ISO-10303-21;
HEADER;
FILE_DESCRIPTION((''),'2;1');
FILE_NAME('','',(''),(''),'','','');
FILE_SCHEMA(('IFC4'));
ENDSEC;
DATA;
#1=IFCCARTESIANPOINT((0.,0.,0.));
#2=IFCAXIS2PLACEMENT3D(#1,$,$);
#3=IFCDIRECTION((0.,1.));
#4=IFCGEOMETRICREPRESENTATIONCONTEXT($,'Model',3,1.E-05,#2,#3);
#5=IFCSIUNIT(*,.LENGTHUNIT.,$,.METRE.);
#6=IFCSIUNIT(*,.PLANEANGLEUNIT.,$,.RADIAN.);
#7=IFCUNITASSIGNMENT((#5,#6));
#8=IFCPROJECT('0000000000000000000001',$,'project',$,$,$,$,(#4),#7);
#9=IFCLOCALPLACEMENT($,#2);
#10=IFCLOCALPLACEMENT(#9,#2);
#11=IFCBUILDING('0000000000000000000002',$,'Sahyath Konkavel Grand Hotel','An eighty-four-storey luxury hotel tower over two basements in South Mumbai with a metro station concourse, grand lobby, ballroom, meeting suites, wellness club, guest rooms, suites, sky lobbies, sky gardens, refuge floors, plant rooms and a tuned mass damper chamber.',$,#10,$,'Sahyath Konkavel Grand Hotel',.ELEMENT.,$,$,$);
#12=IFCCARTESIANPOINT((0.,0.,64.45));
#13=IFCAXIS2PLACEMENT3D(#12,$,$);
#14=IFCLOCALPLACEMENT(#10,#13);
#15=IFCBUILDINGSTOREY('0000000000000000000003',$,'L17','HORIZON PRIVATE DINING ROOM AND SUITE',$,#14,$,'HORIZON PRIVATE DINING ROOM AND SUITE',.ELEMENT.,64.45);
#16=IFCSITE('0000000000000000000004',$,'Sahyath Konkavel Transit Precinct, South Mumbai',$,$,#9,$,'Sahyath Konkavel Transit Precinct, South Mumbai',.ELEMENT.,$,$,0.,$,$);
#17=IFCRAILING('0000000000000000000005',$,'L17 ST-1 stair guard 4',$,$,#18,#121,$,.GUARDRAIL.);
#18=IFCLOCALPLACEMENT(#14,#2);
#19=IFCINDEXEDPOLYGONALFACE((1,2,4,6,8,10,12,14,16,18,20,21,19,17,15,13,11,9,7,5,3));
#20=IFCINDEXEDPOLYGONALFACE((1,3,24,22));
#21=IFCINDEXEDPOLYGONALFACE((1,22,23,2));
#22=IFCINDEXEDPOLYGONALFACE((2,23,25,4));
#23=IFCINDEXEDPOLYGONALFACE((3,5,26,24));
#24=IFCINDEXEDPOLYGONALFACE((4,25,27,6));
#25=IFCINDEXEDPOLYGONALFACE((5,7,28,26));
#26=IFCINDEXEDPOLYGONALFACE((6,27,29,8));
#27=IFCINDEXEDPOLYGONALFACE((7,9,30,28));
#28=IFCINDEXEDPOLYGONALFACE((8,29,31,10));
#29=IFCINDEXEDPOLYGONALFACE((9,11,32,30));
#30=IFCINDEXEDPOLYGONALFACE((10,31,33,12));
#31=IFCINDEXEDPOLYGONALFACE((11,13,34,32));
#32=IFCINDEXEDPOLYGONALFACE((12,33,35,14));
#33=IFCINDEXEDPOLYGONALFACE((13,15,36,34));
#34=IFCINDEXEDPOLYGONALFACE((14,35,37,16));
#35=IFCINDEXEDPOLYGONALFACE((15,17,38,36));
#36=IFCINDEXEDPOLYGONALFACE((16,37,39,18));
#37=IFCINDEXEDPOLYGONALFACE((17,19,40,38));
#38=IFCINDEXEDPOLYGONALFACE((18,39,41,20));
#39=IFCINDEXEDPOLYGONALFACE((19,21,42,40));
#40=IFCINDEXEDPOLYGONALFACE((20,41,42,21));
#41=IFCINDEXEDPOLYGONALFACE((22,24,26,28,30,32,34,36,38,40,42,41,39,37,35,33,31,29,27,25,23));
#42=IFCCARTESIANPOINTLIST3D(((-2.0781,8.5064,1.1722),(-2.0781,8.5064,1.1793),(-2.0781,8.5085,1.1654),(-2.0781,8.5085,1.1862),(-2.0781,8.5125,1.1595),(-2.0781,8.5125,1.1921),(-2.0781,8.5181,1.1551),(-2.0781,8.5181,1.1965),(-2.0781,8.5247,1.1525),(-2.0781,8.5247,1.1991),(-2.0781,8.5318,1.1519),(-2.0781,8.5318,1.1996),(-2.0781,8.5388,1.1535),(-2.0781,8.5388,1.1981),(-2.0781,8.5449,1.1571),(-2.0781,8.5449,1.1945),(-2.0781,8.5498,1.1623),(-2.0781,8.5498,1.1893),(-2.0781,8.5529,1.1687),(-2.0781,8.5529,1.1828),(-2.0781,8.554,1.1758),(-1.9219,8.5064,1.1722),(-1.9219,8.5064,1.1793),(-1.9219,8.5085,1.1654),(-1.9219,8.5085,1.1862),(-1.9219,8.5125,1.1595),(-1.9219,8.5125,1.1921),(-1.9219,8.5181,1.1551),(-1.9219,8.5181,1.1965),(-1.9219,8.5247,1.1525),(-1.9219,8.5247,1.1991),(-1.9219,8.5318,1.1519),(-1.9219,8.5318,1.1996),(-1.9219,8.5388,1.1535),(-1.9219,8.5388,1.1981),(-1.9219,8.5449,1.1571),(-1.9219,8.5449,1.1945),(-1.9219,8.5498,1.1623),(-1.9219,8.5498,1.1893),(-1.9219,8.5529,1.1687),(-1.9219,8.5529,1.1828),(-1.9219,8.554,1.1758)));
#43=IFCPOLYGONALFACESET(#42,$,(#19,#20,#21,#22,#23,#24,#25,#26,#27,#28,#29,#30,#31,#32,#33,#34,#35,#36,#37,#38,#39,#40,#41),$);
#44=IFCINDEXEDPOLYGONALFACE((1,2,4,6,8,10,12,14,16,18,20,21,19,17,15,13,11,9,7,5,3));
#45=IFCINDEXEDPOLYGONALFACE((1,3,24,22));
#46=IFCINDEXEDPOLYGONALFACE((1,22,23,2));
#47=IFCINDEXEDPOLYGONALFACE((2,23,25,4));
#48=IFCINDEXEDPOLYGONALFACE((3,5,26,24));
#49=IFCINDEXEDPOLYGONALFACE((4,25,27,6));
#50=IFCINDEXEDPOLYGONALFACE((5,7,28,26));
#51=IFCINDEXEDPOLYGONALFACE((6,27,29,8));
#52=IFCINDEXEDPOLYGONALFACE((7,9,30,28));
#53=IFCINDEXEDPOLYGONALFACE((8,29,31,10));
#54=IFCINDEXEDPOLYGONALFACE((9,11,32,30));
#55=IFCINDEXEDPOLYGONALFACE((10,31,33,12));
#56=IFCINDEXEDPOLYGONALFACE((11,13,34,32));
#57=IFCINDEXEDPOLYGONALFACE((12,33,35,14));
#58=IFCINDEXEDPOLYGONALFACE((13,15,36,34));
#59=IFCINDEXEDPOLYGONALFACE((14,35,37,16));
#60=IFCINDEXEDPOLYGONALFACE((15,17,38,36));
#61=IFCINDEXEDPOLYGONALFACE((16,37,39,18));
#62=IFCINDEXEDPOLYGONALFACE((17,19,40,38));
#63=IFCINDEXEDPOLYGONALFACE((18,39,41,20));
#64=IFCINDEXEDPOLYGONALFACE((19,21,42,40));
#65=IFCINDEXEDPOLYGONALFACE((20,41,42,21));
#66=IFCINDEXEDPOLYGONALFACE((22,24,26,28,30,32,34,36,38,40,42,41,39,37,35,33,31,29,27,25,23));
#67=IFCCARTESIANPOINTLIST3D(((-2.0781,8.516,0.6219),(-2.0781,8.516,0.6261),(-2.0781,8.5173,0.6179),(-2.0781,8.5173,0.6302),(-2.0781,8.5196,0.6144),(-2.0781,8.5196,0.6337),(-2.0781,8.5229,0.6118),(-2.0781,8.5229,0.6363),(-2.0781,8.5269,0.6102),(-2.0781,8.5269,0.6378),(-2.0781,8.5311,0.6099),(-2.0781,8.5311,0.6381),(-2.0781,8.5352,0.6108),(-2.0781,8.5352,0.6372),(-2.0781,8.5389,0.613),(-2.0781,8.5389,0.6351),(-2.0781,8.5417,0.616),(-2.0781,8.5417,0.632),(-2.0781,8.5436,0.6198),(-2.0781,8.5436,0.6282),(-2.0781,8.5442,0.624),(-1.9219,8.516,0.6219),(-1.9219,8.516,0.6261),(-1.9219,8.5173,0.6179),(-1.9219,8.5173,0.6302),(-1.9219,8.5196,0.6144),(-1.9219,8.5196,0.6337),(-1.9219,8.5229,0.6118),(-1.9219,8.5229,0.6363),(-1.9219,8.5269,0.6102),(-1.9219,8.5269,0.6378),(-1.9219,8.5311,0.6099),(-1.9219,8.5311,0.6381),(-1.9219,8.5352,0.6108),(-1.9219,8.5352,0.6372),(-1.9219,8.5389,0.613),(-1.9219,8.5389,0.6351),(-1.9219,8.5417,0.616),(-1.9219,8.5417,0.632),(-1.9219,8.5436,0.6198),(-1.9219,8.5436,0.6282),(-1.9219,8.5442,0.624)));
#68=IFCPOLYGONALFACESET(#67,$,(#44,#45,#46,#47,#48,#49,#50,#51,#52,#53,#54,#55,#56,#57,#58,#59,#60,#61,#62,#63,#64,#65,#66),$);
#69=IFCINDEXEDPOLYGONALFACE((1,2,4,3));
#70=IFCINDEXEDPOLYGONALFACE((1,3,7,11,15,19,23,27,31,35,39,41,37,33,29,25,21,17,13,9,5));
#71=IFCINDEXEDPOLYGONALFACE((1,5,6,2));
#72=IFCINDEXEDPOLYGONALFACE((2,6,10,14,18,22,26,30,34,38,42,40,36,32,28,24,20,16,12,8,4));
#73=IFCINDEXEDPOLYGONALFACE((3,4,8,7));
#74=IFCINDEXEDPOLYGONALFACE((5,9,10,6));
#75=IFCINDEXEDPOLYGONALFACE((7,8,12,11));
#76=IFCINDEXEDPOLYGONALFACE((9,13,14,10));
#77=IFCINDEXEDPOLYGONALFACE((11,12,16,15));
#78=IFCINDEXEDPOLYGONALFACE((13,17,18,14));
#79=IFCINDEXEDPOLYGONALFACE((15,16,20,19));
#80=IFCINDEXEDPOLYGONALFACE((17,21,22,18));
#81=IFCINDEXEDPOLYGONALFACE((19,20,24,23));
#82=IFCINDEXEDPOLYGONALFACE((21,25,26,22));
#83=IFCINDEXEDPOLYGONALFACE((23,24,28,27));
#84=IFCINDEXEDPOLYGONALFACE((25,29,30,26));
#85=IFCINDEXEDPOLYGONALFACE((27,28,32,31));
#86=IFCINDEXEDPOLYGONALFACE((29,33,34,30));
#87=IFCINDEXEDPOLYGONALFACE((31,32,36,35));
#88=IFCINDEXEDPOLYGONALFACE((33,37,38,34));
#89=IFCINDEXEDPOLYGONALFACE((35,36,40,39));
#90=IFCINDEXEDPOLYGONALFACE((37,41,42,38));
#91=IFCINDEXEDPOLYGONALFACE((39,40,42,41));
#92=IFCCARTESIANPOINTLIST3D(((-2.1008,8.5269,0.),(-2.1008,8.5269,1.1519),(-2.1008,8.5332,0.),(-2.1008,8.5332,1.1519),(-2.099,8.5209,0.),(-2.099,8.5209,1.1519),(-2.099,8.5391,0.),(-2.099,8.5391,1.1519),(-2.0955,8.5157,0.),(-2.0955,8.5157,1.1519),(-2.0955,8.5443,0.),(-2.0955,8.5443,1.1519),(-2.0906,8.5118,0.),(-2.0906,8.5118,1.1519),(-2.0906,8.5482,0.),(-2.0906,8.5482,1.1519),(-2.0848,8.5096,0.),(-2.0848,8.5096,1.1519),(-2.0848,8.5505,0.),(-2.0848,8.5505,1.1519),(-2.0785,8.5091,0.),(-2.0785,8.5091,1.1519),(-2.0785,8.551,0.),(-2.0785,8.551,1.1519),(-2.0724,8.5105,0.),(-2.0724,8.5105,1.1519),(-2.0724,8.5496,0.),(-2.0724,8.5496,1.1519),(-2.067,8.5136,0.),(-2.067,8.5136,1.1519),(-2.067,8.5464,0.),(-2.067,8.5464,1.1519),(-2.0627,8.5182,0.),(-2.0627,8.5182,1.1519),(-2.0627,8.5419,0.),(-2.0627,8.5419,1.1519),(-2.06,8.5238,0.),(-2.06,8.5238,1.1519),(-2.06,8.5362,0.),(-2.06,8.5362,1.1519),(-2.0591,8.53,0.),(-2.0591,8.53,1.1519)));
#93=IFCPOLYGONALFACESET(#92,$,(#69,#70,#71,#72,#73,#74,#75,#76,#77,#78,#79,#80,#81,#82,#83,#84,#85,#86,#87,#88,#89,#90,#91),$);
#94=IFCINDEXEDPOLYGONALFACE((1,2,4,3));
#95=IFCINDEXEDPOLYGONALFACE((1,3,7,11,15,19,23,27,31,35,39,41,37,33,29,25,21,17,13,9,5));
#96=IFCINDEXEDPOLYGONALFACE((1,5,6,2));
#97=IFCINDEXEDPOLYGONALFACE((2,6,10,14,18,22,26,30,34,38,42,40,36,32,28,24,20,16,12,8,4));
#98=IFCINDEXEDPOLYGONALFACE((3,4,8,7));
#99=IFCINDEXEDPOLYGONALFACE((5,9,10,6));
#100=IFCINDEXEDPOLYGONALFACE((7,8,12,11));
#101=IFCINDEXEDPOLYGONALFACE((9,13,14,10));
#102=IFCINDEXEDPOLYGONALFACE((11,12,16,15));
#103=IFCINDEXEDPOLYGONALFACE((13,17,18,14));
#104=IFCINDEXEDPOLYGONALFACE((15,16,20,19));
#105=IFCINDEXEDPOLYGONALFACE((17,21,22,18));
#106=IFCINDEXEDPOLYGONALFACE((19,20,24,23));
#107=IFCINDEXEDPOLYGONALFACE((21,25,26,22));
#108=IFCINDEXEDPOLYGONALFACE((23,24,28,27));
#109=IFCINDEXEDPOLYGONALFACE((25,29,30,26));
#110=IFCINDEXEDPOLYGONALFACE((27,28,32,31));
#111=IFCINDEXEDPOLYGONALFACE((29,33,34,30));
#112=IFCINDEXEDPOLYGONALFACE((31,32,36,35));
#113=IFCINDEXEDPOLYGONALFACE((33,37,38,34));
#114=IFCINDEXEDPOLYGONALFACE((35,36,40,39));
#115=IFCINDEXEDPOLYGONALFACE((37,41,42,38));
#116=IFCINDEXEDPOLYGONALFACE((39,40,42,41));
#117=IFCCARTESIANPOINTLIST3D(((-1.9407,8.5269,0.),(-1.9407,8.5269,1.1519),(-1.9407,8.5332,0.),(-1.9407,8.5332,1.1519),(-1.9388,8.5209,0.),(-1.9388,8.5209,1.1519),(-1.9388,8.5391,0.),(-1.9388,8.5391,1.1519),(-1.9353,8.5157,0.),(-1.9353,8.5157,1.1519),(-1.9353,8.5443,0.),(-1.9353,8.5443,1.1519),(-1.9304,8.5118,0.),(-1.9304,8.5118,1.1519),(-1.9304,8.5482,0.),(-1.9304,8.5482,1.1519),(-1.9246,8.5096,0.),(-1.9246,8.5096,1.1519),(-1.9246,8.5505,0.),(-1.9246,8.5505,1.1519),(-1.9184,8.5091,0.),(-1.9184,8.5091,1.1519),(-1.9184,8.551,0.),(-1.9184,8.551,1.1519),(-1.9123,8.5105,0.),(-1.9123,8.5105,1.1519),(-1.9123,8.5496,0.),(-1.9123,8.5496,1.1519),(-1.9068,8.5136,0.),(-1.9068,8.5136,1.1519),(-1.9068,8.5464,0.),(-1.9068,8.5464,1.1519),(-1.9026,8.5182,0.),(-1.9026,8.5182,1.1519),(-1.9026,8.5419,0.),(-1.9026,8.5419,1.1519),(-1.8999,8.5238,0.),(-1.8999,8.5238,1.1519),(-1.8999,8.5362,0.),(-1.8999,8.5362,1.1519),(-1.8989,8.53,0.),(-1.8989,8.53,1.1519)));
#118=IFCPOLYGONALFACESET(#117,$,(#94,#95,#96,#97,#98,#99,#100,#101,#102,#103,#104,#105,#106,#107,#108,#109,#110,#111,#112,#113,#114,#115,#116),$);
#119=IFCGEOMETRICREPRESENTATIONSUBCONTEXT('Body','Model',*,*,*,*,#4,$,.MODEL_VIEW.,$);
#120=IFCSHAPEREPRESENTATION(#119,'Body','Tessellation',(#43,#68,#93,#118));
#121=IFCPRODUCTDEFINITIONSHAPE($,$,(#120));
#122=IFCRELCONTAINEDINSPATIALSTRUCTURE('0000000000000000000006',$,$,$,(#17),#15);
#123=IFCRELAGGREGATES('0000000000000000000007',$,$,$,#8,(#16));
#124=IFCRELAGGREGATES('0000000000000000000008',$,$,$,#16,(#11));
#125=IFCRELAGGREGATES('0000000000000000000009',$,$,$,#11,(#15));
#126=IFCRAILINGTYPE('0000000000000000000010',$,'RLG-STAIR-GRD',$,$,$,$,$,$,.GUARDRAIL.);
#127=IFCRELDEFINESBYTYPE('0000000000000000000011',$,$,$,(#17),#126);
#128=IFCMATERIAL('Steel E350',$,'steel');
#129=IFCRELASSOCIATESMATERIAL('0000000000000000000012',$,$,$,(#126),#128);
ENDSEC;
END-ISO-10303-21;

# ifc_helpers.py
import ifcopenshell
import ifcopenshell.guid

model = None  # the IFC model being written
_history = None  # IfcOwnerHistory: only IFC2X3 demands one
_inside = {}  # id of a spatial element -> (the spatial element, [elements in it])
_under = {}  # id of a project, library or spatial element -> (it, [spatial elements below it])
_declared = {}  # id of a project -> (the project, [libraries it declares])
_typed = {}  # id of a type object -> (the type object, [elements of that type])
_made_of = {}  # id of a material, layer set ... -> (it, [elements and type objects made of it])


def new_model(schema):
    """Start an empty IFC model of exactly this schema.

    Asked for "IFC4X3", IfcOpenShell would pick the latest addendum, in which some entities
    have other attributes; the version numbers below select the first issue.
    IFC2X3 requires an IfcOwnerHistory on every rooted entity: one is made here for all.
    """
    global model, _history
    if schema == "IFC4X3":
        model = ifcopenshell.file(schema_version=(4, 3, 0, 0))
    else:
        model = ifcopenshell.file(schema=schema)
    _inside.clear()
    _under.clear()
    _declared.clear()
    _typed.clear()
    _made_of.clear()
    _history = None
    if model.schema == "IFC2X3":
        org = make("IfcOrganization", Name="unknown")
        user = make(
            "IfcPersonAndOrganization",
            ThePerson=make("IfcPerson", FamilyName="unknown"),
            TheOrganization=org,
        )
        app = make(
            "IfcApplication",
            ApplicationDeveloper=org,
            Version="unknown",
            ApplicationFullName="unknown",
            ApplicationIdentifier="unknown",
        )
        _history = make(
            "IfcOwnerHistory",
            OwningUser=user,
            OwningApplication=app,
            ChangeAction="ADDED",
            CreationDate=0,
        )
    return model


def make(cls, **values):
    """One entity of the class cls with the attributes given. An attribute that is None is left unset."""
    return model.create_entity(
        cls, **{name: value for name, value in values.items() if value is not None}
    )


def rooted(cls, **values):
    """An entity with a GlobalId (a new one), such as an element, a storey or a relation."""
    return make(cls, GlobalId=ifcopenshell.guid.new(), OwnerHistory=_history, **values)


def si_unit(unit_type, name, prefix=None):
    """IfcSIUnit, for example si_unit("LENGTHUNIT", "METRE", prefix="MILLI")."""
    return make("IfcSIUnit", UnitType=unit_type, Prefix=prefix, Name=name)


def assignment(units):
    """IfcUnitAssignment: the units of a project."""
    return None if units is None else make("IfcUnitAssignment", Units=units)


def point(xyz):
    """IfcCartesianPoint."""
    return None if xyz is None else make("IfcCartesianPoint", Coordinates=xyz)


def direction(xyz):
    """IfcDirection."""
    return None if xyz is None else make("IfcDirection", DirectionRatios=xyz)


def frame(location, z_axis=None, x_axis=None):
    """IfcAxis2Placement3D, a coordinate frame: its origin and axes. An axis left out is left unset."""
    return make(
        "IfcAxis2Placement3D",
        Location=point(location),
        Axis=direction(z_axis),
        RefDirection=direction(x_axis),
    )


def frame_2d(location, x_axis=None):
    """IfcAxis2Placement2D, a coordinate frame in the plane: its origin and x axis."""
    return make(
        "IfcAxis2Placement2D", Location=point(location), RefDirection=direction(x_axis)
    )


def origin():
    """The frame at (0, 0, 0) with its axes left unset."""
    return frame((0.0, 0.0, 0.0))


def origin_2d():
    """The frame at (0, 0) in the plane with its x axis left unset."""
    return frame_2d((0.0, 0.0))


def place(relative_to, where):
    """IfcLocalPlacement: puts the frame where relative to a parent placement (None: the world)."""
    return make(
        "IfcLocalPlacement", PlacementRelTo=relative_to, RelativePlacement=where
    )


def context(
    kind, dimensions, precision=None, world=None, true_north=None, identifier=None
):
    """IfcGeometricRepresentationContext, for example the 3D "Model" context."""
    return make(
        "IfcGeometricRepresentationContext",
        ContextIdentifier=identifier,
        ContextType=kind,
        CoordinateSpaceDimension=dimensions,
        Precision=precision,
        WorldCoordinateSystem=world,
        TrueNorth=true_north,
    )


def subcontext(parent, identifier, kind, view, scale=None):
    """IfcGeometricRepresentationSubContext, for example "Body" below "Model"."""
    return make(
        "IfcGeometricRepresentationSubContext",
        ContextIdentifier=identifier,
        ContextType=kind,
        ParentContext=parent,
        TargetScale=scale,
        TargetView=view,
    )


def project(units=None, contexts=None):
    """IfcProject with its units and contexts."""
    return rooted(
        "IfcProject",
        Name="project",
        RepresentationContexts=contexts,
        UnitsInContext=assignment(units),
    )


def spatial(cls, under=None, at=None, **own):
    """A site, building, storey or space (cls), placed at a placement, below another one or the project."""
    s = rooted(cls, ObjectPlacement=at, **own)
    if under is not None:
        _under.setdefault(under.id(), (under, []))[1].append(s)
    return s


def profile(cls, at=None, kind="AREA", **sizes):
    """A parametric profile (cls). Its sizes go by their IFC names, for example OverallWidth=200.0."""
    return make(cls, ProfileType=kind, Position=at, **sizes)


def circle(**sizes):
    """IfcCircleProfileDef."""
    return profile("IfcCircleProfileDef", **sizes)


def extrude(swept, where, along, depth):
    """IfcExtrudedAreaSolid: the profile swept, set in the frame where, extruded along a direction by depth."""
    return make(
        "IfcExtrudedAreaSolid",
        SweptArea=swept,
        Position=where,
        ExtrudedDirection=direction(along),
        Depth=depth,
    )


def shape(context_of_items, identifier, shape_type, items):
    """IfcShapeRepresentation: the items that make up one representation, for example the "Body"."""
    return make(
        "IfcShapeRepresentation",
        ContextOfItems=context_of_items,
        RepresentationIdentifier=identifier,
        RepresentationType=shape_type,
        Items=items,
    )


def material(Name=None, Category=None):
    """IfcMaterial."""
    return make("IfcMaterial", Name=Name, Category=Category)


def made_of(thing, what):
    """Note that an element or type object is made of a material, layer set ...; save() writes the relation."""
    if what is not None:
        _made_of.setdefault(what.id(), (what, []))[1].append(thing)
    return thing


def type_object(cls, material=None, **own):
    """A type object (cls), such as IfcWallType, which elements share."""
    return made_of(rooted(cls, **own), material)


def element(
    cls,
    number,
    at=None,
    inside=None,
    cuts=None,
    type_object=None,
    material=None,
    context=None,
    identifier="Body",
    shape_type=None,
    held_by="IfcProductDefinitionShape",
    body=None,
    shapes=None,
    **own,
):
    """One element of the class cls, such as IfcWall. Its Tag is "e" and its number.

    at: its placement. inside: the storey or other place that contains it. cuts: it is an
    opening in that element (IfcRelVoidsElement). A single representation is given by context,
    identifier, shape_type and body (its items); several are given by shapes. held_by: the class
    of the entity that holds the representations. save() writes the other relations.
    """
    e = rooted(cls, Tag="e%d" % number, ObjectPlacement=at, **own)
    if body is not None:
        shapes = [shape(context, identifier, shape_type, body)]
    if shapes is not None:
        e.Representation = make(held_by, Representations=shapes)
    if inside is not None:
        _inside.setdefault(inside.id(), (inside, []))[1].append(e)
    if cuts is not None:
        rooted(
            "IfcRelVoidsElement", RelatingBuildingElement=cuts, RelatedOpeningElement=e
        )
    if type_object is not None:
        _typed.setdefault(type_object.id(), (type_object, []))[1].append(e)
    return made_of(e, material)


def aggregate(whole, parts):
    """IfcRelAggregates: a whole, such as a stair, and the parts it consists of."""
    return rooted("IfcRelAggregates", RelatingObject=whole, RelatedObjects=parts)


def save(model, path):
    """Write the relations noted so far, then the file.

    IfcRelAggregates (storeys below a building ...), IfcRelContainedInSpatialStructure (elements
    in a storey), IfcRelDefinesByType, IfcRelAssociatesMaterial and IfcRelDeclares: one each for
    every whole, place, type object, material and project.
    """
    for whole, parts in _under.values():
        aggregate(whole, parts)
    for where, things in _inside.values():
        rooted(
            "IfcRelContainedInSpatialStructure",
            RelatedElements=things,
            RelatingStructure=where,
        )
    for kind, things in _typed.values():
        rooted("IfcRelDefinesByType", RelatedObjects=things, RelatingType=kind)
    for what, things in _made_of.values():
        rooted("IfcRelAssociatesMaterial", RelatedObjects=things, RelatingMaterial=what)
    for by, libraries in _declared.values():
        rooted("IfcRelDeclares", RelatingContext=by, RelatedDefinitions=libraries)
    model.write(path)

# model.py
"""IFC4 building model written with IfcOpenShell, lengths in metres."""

from ifc_helpers import new_model, si_unit, direction, frame, origin, origin_2d, place, context, subcontext, project, spatial, circle, extrude, material, type_object, element, save


model = new_model("IFC4")

# Units and contexts
model_context = context("Model", 3, precision=1e-05, world=origin(), true_north=direction((0.0, 1.0)))
body_context = subcontext(model_context, "Body", "Model", "MODEL_VIEW")
ifc_project = project(units=[si_unit("LENGTHUNIT", "METRE"), si_unit("PLANEANGLEUNIT", "RADIAN")], contexts=[model_context])

# Site, building, storey
site_placement = place(None, origin())
site = spatial("IfcSite", under=ifc_project, at=site_placement, Name="Sahyath Konkavel Transit Precinct, South Mumbai", LongName="Sahyath Konkavel Transit Precinct, South Mumbai", CompositionType="ELEMENT", RefElevation=0.0)
building_placement = place(site_placement, origin())
building = spatial("IfcBuilding", under=site, at=building_placement, Name="Sahyath Konkavel Grand Hotel", Description="An eighty-four-storey luxury hotel tower over two basements in South Mumbai with a metro station concourse, grand lobby, ballroom, meeting suites, wellness club, guest rooms, suites, sky lobbies, sky gardens, refuge floors, plant rooms and a tuned mass damper chamber.", LongName="Sahyath Konkavel Grand Hotel", CompositionType="ELEMENT")
storey_placement = place(building_placement, frame((0.0, 0.0, 64.45)))
storey = spatial("IfcBuildingStorey", under=building, at=storey_placement, Name="L17", Description="HORIZON PRIVATE DINING ROOM AND SUITE", LongName="HORIZON PRIVATE DINING ROOM AND SUITE", CompositionType="ELEMENT", Elevation=64.45)

# Shared definitions
ifc_material_1 = material(Name="Steel E350", Category="steel")

# Railing
railing_type_1 = type_object("IfcRailingType", Name="RLG-STAIR-GRD", PredefinedType="GUARDRAIL", material=ifc_material_1)
railing_1_placement = place(storey_placement, frame((-2.0801, 8.53, 0.0)))
element("IfcRailing", 1, at=railing_1_placement, inside=storey, type_object=railing_type_1, Name="L17 ST-1 stair guard 4", PredefinedType="GUARDRAIL", context=body_context, shape_type="SweptSolid", body=[
    extrude(circle(Radius=0.0239, at=origin_2d()), frame((0.002, 0.0, 1.1758), z_axis=(1.0, 0.0, 0.0), x_axis=(0.0, 1.0, 0.0)), (0.0, 0.0, 1.0), 0.1562),
    extrude(circle(Radius=0.0142, at=origin_2d()), frame((0.002, 0.0, 0.624), z_axis=(1.0, 0.0, 0.0), x_axis=(0.0, 1.0, 0.0)), (0.0, 0.0, 1.0), 0.1562),
    extrude(circle(Radius=0.021, at=origin_2d()), origin(), (0.0, 0.0, 1.0), 1.1519),
    extrude(circle(Radius=0.021, at=origin_2d()), frame((0.1602, 0.0, 0.0)), (0.0, 0.0, 1.0), 1.1519),
])

save(model, "model.ifc")
